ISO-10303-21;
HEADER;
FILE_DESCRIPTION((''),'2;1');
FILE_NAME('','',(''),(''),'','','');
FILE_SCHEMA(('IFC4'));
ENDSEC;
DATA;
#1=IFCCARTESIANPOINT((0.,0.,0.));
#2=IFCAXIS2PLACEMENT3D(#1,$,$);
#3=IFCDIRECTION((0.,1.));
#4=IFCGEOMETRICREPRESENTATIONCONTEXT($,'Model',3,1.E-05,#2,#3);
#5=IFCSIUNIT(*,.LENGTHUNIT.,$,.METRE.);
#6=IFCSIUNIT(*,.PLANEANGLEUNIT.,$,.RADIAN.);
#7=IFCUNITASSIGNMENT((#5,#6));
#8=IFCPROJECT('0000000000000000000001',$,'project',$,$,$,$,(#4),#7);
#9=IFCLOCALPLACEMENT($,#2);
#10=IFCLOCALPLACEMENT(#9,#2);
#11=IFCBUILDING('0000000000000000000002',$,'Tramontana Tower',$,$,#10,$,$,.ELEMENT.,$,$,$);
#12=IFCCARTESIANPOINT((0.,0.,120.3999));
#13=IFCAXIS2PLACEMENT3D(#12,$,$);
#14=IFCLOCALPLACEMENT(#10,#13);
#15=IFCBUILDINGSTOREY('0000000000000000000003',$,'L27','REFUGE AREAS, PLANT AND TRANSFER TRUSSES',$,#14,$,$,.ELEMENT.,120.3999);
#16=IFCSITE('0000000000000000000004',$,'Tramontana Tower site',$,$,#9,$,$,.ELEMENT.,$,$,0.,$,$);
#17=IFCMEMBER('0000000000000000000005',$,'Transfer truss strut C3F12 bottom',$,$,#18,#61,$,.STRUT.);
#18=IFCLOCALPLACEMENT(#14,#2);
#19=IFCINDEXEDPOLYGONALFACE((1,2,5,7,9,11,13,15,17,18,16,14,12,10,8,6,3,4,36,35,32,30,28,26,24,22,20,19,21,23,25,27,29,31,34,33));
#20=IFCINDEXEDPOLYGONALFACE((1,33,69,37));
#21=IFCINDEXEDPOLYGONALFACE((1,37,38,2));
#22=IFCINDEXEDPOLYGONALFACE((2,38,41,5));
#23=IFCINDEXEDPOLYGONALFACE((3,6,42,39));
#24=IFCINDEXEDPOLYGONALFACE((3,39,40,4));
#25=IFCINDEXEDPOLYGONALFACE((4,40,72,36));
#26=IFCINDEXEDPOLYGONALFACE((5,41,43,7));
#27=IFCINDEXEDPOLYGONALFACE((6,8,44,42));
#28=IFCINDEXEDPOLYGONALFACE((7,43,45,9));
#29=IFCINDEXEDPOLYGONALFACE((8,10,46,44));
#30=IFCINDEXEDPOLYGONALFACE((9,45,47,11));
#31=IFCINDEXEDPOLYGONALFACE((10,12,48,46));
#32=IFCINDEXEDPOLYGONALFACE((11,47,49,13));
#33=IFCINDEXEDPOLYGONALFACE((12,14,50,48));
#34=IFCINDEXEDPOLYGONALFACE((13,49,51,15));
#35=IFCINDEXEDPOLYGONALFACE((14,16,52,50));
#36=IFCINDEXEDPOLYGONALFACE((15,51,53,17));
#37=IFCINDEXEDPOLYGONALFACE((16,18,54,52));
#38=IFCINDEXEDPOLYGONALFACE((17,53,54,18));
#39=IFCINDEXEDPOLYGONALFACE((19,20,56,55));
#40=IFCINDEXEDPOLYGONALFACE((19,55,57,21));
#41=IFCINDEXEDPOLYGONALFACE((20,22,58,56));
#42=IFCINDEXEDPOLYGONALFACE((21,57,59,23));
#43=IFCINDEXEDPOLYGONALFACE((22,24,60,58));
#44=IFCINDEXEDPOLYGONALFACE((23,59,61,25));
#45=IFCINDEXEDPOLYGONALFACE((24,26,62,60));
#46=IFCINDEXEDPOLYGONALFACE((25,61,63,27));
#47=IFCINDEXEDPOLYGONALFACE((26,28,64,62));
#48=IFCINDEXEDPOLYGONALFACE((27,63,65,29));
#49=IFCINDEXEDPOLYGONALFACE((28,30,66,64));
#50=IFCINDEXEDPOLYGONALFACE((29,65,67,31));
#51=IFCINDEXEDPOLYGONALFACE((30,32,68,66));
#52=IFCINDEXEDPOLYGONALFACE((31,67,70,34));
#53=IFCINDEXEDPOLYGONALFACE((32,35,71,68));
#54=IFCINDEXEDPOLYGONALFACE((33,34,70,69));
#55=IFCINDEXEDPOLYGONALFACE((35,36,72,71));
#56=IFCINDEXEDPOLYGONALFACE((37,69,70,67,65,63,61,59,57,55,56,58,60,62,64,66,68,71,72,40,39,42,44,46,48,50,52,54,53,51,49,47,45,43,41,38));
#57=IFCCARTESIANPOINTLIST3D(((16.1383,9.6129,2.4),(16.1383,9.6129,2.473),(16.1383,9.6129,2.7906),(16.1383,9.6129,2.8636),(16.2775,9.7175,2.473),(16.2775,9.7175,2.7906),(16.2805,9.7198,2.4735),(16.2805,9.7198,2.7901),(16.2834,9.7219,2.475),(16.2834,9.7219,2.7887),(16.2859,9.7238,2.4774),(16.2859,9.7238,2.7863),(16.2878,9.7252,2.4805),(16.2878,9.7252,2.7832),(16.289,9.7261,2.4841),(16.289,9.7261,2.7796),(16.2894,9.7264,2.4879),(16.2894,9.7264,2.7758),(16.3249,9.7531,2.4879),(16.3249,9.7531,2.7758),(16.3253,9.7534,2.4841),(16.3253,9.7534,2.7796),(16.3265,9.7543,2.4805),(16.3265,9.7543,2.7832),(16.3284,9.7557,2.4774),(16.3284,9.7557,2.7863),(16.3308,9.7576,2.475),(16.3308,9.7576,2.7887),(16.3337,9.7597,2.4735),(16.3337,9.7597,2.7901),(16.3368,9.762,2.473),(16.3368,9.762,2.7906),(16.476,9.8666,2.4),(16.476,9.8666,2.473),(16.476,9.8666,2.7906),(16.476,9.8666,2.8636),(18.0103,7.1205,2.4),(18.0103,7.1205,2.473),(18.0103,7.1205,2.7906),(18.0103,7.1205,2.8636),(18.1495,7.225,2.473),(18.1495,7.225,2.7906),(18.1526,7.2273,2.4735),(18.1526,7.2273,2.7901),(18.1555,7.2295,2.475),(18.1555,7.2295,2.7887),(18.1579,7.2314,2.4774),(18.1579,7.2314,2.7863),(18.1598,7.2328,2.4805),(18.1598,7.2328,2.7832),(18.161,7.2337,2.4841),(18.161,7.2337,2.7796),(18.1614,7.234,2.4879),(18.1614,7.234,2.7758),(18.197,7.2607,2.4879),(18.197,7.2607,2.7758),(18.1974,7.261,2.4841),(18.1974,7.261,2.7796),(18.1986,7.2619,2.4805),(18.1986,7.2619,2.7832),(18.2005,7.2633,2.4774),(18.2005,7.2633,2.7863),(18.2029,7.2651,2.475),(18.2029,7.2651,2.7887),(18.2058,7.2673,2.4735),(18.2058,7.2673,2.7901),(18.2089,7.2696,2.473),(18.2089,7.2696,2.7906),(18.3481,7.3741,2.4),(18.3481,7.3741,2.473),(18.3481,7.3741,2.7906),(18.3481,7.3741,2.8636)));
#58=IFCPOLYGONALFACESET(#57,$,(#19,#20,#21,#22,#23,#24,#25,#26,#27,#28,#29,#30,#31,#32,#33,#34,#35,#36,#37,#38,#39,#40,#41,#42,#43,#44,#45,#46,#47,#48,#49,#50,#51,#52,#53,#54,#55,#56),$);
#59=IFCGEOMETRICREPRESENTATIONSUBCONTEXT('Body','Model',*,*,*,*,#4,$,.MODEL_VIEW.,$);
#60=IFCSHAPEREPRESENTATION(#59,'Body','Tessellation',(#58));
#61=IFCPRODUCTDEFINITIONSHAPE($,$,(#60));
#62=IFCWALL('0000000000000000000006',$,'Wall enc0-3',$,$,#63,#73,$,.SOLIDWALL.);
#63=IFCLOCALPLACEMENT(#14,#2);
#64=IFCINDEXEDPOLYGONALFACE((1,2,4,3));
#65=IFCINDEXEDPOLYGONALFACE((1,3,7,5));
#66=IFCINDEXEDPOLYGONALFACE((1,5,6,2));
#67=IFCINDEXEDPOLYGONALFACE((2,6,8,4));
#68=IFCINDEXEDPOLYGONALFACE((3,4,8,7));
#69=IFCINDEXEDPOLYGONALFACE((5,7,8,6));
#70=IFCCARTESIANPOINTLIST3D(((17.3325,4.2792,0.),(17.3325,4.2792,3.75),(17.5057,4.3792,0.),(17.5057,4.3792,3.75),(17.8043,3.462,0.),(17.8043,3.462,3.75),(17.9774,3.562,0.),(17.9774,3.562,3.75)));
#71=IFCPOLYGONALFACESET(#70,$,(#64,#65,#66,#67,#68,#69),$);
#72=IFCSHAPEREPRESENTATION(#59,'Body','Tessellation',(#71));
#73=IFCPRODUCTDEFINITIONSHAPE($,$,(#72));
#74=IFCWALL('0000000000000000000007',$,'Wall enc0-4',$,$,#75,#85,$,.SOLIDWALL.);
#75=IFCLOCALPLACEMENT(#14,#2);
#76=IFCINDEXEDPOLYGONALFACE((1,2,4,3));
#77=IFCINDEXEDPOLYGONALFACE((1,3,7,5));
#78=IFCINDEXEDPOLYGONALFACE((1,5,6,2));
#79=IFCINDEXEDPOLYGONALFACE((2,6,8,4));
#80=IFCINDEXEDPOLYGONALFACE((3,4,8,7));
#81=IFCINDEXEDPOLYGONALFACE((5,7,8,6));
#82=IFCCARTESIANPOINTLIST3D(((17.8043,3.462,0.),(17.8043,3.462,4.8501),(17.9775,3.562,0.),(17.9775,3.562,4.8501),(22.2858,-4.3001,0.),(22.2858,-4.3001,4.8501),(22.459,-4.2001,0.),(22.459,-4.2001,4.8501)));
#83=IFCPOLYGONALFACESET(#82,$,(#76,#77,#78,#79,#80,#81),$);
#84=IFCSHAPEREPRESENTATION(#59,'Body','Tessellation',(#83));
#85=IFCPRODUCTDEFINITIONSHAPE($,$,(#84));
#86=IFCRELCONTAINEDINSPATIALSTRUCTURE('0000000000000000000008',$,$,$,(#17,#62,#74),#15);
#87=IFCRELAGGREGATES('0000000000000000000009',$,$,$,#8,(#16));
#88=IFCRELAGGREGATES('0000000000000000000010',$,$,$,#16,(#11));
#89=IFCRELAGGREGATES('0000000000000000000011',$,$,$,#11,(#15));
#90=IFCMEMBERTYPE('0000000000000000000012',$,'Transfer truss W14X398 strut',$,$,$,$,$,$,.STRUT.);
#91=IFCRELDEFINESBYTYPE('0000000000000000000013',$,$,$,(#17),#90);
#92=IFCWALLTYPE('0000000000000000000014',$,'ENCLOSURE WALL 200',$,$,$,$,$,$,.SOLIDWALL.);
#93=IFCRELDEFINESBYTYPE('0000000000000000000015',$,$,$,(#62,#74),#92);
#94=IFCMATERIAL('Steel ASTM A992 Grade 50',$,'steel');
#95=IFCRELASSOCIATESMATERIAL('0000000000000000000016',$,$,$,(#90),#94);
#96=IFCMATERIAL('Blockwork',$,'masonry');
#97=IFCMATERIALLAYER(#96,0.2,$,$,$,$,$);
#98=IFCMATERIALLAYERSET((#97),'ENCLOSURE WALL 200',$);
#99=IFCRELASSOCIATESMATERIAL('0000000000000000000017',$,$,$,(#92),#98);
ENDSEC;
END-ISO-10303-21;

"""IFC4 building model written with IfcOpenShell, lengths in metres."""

from ifc_helpers import new_model, si_unit, direction, frame, frame_2d, origin, origin_2d, place, context, subcontext, project, spatial, rectangle, i_section, extrude, material, layer, layer_set, material_profile, profile_set, type_object, element, save


model = new_model("IFC4")

# Units and contexts
model_context = context("Model", 3, precision=1e-05, world=origin(), true_north=direction((0.0, 1.0)))
body_context = subcontext(model_context, "Body", "Model", "MODEL_VIEW")
ifc_project = project(units=[si_unit("LENGTHUNIT", "METRE"), si_unit("PLANEANGLEUNIT", "RADIAN")], contexts=[model_context])

# Site, building, storey
site_placement = place(None, origin())
site = spatial("IfcSite", under=ifc_project, at=site_placement, Name="Tramontana Tower site", CompositionType="ELEMENT", RefElevation=0.0)
building_placement = place(site_placement, origin())
building = spatial("IfcBuilding", under=site, at=building_placement, Name="Tramontana Tower", CompositionType="ELEMENT")
storey_placement = place(building_placement, frame((0.0, 0.0, 120.3999)))
storey = spatial("IfcBuildingStorey", under=building, at=storey_placement, Name="L27", Description="REFUGE AREAS, PLANT AND TRANSFER TRUSSES", CompositionType="ELEMENT", Elevation=120.3999)

# Member
ifc_material_1 = material(Name="Steel ASTM A992 Grade 50", Category="steel")
ifc_material_profile_1 = material_profile(ifc_material_1, i_section(OverallWidth=0.4224, OverallDepth=0.4636, WebThickness=0.0444, FlangeThickness=0.073, FilletRadius=0.0149, at=origin_2d()), Name="W14X398")
ifc_profile_set_1 = profile_set([ifc_material_profile_1], Name="Steel ASTM A992 Grade 50")
member_type_1 = type_object("IfcMemberType", Name="Transfer truss W14X398 strut", PredefinedType="STRUT", material=ifc_profile_set_1)
member_1_placement = place(storey_placement, frame((18.1792, 7.2473, 2.6318), z_axis=(-0.600564, 0.799577, 0.0), x_axis=(-0.799577, -0.600564, 0.0)))
element("IfcMember", 1, at=member_1_placement, inside=storey, type_object=member_type_1, Name="Transfer truss strut C3F12 bottom", PredefinedType="STRUT", context=body_context, shape_type="SweptSolid", body=[
    extrude(i_section(OverallWidth=0.4224, OverallDepth=0.4636, WebThickness=0.0444, FlangeThickness=0.073, FilletRadius=0.0149, at=origin_2d()), origin(), (0.0, 0.0, 1.0), 3.1172),
])

# Walls
ifc_material_2 = material(Name="Blockwork", Category="masonry")
ifc_layer = layer(ifc_material_2, 0.2)
ifc_layer_set = layer_set([ifc_layer], Name="ENCLOSURE WALL 200")
wall_type = type_object("IfcWallType", Name="ENCLOSURE WALL 200", PredefinedType="SOLIDWALL", material=ifc_layer_set)
wall_1_placement = place(storey_placement, frame((17.4192, 4.3291, 0.0), z_axis=(0.0, 0.0, 1.0), x_axis=(0.499924, -0.866069, 0.0)))
element("IfcWall", 2, at=wall_1_placement, inside=storey, type_object=wall_type, Name="Wall enc0-3", PredefinedType="SOLIDWALL", context=body_context, shape_type="SweptSolid", body=[
    extrude(rectangle(XDim=0.9436, YDim=0.2, at=frame_2d((0.4717, 0.0))), origin(), (0.0, 0.0, 1.0), 3.75),
])
wall_2_placement = place(storey_placement, frame((17.8909, 3.512, 0.0), z_axis=(0.0, 0.0, 1.0), x_axis=(0.500006, -0.866022, 0.0)))
element("IfcWall", 3, at=wall_2_placement, inside=storey, type_object=wall_type, Name="Wall enc0-4", PredefinedType="SOLIDWALL", context=body_context, shape_type="SweptSolid", body=[
    extrude(rectangle(XDim=8.9629, YDim=0.2, at=frame_2d((4.4814, 0.0))), origin(), (0.0, 0.0, 1.0), 4.8501),
])

save(model, "model.ifc")
